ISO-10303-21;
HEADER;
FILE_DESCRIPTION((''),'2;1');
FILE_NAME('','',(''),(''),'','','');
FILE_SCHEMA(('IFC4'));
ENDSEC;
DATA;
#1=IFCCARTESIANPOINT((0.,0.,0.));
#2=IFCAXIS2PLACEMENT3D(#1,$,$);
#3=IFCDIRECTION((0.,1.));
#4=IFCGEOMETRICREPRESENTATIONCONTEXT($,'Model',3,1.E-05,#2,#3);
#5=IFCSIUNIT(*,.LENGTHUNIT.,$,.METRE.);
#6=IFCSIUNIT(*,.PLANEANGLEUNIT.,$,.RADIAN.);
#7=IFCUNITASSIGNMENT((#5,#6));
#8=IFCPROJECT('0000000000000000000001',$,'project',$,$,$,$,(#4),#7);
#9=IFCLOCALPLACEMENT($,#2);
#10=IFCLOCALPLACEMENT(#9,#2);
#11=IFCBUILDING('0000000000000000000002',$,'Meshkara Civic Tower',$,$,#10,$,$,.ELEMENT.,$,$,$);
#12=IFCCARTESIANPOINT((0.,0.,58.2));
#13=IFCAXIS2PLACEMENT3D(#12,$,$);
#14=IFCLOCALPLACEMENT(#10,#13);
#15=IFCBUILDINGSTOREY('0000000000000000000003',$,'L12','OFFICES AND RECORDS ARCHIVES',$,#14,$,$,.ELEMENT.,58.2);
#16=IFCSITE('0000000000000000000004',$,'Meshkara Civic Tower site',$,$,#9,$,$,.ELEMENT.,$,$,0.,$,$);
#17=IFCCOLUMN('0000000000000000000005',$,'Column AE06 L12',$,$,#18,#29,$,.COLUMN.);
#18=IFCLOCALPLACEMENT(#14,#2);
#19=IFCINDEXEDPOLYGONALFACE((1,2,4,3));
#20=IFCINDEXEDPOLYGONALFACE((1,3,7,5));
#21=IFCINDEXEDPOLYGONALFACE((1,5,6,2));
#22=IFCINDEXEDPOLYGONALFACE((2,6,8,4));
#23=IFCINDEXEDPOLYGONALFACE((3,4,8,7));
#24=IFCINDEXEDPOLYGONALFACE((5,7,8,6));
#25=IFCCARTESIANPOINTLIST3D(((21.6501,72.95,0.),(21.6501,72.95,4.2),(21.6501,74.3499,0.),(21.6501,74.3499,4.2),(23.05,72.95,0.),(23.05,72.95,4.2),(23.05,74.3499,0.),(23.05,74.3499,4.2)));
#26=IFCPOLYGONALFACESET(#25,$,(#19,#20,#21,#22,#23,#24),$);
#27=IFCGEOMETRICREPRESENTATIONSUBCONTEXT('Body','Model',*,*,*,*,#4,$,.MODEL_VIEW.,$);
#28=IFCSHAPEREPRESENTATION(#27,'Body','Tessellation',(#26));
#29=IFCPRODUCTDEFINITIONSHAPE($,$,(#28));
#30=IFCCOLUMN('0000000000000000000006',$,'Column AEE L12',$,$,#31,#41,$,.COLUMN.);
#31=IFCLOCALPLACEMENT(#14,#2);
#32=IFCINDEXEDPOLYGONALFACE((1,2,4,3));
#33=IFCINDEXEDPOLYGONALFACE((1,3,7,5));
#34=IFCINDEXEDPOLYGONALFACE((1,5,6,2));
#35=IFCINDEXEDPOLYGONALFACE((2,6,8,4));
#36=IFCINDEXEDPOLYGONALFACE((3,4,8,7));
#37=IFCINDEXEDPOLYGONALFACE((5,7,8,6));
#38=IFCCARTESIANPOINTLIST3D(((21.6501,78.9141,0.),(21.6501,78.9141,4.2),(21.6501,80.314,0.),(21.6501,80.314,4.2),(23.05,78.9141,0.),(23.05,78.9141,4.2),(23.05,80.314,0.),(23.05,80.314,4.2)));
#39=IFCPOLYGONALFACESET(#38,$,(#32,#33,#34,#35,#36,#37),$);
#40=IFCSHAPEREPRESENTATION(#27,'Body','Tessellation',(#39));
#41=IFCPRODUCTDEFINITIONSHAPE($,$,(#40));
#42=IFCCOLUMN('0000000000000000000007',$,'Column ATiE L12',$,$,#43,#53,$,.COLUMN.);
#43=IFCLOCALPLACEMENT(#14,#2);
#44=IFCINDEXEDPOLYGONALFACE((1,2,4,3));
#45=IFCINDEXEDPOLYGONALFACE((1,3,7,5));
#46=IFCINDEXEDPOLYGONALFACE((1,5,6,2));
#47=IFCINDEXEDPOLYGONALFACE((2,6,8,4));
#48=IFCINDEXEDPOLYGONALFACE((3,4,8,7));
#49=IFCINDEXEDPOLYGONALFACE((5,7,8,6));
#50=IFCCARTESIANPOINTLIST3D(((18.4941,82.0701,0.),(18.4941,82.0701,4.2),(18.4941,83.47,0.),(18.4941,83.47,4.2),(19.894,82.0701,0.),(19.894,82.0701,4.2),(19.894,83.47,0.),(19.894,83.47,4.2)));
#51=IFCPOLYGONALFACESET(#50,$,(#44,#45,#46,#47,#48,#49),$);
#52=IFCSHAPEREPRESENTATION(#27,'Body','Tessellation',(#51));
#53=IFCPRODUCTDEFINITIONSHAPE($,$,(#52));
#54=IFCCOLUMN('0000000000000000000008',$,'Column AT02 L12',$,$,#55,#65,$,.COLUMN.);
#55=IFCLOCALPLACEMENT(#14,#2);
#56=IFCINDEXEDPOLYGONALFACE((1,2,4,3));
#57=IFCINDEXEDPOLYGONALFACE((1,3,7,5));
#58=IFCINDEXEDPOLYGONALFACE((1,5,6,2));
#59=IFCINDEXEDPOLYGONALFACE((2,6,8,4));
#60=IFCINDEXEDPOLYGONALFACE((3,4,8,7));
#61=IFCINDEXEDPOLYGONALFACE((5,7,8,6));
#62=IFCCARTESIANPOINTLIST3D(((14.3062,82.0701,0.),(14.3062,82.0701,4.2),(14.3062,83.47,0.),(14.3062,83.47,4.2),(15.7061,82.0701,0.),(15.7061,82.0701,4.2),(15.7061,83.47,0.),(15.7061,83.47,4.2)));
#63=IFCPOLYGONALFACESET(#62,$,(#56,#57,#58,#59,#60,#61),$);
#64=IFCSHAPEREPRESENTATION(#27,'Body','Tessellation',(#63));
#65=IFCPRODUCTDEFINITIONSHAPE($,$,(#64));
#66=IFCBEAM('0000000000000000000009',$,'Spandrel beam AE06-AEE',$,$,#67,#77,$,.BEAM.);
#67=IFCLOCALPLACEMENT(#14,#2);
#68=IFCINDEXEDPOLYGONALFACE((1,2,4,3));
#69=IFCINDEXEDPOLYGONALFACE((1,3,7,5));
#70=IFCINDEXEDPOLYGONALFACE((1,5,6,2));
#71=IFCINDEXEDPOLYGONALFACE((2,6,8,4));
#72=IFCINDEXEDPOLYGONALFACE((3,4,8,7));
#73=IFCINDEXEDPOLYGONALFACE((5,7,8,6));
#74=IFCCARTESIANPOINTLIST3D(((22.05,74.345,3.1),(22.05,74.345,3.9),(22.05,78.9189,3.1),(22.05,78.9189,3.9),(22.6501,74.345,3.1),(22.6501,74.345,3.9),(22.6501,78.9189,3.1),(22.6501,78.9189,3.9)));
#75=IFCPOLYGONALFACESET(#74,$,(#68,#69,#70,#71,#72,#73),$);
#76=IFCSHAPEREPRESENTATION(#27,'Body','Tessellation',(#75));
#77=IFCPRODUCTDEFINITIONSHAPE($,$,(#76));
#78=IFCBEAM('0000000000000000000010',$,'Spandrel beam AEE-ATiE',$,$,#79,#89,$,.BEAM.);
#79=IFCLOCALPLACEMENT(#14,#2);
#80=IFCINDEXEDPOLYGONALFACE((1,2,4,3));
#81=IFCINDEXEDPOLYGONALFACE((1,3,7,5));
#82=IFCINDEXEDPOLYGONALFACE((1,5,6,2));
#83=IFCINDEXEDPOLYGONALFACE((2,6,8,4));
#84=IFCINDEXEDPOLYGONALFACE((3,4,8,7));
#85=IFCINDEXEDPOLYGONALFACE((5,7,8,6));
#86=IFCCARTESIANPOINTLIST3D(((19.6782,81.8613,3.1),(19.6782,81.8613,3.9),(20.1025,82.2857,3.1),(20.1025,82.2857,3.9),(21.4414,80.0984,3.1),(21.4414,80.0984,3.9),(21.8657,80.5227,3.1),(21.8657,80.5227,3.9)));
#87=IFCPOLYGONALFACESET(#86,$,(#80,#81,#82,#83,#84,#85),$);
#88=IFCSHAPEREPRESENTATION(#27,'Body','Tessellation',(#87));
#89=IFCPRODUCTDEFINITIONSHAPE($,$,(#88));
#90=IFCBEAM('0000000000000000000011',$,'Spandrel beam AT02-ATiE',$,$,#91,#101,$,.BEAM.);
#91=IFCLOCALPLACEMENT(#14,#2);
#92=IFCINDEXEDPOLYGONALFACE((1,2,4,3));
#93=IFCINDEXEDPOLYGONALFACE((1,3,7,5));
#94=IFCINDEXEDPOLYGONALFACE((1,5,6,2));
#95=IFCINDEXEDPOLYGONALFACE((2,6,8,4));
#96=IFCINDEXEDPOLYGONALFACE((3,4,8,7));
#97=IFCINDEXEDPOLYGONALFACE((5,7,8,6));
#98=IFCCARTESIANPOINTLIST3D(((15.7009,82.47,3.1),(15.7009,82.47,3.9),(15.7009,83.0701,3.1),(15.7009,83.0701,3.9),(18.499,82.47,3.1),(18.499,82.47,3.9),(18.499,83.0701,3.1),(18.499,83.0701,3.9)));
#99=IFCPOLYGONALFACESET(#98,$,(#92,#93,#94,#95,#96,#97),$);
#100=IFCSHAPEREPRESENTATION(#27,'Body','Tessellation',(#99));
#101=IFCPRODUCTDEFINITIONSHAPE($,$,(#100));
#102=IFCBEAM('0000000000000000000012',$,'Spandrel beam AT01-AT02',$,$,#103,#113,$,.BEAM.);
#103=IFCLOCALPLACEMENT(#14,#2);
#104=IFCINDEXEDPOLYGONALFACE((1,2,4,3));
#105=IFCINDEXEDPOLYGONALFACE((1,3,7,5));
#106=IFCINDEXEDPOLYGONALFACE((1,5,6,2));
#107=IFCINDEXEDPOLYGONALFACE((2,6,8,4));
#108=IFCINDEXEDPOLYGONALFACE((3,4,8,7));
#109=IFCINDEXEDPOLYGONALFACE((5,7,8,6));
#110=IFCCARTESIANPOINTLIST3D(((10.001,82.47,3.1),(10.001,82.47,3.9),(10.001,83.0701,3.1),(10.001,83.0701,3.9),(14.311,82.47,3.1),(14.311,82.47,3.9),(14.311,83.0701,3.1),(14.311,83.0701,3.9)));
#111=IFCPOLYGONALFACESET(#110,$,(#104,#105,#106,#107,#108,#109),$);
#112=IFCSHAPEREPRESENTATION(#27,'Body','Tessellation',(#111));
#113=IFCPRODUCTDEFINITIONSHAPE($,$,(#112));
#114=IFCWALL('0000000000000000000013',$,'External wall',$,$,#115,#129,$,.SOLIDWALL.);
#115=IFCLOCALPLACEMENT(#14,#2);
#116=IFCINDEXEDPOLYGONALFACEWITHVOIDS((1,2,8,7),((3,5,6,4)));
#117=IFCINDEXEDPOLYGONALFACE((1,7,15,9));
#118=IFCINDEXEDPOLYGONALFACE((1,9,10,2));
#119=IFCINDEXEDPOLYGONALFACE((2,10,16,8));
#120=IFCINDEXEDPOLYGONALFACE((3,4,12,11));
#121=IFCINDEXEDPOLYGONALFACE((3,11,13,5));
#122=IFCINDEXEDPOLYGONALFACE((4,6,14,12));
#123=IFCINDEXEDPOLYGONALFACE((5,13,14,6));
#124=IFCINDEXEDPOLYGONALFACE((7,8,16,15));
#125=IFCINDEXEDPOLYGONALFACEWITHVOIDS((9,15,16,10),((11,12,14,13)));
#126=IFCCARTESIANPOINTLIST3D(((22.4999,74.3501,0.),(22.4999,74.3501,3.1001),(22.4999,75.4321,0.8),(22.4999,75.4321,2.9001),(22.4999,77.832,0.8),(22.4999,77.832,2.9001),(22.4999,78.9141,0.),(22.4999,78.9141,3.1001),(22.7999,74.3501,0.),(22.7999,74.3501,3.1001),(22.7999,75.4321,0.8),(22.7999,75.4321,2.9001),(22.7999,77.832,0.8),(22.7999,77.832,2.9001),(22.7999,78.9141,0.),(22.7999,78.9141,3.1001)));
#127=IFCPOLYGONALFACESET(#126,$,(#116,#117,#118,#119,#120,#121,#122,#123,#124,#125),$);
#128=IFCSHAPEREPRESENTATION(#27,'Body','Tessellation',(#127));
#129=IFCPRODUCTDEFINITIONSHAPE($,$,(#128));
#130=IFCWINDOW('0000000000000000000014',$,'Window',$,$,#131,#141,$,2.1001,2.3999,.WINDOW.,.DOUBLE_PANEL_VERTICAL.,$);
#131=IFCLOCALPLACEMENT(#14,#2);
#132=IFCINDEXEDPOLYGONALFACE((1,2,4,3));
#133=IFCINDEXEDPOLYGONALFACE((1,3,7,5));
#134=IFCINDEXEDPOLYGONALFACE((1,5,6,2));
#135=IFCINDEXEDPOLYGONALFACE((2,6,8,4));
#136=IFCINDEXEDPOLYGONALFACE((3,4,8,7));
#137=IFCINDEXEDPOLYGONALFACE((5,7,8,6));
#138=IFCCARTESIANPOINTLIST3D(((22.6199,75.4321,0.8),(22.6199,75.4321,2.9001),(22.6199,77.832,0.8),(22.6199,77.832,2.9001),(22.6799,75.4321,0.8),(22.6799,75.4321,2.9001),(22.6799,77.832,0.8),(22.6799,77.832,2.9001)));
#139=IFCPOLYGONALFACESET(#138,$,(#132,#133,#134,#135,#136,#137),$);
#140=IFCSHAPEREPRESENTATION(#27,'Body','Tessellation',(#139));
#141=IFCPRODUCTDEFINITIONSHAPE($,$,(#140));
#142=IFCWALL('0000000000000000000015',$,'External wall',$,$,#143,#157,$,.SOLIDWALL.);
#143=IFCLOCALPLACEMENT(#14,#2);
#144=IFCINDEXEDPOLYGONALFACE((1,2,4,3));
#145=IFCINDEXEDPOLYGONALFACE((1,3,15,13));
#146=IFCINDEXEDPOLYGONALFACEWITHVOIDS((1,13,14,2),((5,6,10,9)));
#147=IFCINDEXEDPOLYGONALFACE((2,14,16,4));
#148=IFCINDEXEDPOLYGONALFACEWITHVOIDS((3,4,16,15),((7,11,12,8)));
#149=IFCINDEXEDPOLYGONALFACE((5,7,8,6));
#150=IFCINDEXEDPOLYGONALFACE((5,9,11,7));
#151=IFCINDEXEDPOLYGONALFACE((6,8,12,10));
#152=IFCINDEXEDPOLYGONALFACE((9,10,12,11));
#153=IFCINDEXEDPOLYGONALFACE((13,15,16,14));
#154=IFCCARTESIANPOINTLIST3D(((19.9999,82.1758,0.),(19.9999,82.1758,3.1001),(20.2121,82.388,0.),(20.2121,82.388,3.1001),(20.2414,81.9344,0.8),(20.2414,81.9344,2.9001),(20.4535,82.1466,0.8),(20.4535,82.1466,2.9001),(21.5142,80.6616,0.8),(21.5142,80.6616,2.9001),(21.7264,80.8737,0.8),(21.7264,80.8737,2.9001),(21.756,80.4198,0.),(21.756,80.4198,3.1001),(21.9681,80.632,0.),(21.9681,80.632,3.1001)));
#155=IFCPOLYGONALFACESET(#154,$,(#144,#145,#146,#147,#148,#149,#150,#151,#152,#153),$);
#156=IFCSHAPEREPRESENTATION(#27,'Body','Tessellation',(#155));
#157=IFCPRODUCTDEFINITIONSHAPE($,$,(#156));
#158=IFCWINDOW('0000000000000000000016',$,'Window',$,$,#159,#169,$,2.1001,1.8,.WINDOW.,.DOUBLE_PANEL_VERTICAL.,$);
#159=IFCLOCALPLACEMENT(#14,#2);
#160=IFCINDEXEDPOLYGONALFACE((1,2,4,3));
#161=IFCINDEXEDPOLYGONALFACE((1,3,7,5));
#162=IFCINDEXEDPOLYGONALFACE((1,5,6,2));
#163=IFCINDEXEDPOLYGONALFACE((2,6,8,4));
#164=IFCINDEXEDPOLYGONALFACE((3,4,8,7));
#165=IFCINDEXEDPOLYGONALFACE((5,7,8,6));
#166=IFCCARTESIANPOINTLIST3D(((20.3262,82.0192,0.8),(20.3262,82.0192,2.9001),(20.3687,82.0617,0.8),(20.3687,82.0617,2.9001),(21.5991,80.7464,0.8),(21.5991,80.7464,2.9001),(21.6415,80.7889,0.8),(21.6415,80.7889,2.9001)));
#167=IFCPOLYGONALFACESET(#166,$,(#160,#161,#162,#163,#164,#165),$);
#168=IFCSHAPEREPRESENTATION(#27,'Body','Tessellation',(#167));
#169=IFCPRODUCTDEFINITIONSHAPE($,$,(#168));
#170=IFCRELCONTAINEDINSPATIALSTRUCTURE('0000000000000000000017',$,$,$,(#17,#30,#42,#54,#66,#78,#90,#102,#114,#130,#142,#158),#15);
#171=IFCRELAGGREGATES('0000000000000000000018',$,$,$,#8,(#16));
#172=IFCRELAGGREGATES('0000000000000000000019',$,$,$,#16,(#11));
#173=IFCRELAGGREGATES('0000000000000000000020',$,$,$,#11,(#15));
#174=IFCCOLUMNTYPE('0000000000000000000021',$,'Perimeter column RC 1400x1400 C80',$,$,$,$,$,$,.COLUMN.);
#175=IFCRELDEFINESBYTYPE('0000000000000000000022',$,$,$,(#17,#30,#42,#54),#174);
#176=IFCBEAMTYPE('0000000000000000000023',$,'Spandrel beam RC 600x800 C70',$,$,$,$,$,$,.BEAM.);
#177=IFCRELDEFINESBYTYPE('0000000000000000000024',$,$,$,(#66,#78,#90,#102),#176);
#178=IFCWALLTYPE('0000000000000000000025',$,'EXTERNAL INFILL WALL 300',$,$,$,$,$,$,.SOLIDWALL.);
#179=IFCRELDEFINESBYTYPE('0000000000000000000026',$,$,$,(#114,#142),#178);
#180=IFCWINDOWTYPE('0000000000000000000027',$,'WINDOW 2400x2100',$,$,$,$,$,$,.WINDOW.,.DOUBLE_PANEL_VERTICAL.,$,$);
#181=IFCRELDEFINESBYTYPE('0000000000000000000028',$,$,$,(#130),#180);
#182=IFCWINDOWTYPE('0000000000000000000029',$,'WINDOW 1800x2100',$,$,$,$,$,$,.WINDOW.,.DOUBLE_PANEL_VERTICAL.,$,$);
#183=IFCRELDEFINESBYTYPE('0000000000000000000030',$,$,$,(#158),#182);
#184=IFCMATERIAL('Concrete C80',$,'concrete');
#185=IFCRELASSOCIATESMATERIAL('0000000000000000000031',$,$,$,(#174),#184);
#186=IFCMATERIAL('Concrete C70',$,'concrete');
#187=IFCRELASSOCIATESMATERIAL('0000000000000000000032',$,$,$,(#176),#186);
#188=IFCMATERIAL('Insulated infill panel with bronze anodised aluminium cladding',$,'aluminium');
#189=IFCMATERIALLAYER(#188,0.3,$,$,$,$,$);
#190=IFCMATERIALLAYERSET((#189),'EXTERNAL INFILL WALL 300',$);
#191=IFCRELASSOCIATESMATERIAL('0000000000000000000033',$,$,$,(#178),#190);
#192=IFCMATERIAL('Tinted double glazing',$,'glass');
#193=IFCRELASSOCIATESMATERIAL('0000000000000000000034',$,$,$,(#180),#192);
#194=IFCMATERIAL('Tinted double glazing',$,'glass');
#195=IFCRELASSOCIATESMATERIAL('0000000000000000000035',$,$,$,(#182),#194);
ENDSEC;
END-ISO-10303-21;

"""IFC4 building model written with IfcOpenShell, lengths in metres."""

from ifc_helpers import new_model, si_unit, direction, frame, frame_2d, origin, origin_2d, place, context, subcontext, project, spatial, rectangle, extrude, material, layer, layer_set, material_profile, profile_set, type_object, element, fill, save


model = new_model("IFC4")

# Units and contexts
model_context = context("Model", 3, precision=1e-05, world=origin(), true_north=direction((0.0, 1.0)))
body_context = subcontext(model_context, "Body", "Model", "MODEL_VIEW")
ifc_project = project(units=[si_unit("LENGTHUNIT", "METRE"), si_unit("PLANEANGLEUNIT", "RADIAN")], contexts=[model_context])

# Site, building, storey
site_placement = place(None, origin())
site = spatial("IfcSite", under=ifc_project, at=site_placement, Name="Meshkara Civic Tower site", CompositionType="ELEMENT", RefElevation=0.0)
building_placement = place(site_placement, origin())
building = spatial("IfcBuilding", under=site, at=building_placement, Name="Meshkara Civic Tower", CompositionType="ELEMENT")
storey_placement = place(building_placement, frame((0.0, 0.0, 58.2)))
storey = spatial("IfcBuildingStorey", under=building, at=storey_placement, Name="L12", Description="OFFICES AND RECORDS ARCHIVES", CompositionType="ELEMENT", Elevation=58.2)

# Columns
ifc_material_1 = material(Name="Concrete C80", Category="concrete")
ifc_material_profile_1 = material_profile(ifc_material_1, rectangle(XDim=1.3999, YDim=1.3999, at=origin_2d()))
ifc_profile_set_1 = profile_set([ifc_material_profile_1], Name="Concrete C80")
column_type = type_object("IfcColumnType", Name="Perimeter column RC 1400x1400 C80", PredefinedType="COLUMN", material=ifc_profile_set_1)
for number, where, z_axis, x_axis, name in (
    (1, (22.3501, 73.6499, 0.0), (0.0, 0.0, 1.0), (1.0, 0.0, 0.0), "Column AE06 L12"),
    (2, (22.3501, 79.614, 0.0), (0.0, 0.0, 1.0), (1.0, 0.0, 0.0), "Column AEE L12"),
    (3, (19.1941, 82.77, 0.0), (0.0, 0.0, 1.0), (1.0, 0.0, 0.0), "Column ATiE L12"),
    (4, (15.0061, 82.77, 0.0), (0.0, 0.0, 1.0), (1.0, 0.0, 0.0), "Column AT02 L12"),
):
    element("IfcColumn", number, at=place(storey_placement, frame(where, z_axis=z_axis, x_axis=x_axis)), inside=storey, type_object=column_type, Name=name, PredefinedType="COLUMN", context=body_context, shape_type="SweptSolid", body=[
        extrude(rectangle(XDim=1.3999, YDim=1.3999, at=origin_2d()), origin(), (0.0, 0.0, 1.0), 4.2),
    ])

# Beams
ifc_material_2 = material(Name="Concrete C70", Category="concrete")
ifc_material_profile_2 = material_profile(ifc_material_2, rectangle(XDim=0.6001, YDim=0.8, at=origin_2d()))
ifc_profile_set_2 = profile_set([ifc_material_profile_2], Name="Concrete C70")
beam_type = type_object("IfcBeamType", Name="Spandrel beam RC 600x800 C70", PredefinedType="BEAM", material=ifc_profile_set_2)
beam_1_placement = place(storey_placement, frame((22.3501, 74.345, 3.5), z_axis=(0.0, 1.0, 0.0), x_axis=(-1.0, 0.0, 0.0)))
element("IfcBeam", 5, at=beam_1_placement, inside=storey, type_object=beam_type, Name="Spandrel beam AE06-AEE", PredefinedType="BEAM", context=body_context, shape_type="SweptSolid", body=[
    extrude(rectangle(XDim=0.6001, YDim=0.8, at=origin_2d()), origin(), (0.0, 0.0, 1.0), 4.574),
])
beam_2_placement = place(storey_placement, frame((21.6536, 80.3105, 3.5), z_axis=(-0.707156, 0.707058, 0.0), x_axis=(-0.707058, -0.707156, 0.0)))
element("IfcBeam", 6, at=beam_2_placement, inside=storey, type_object=beam_type, Name="Spandrel beam AEE-ATiE", PredefinedType="BEAM", context=body_context, shape_type="SweptSolid", body=[
    extrude(rectangle(XDim=0.6001, YDim=0.8, at=origin_2d()), origin(), (0.0, 0.0, 1.0), 2.4934),
])
beam_3_placement = place(storey_placement, frame((18.499, 82.77, 3.5), z_axis=(-1.0, 0.0, 0.0), x_axis=(0.0, -1.0, 0.0)))
element("IfcBeam", 7, at=beam_3_placement, inside=storey, type_object=beam_type, Name="Spandrel beam AT02-ATiE", PredefinedType="BEAM", context=body_context, shape_type="SweptSolid", body=[
    extrude(rectangle(XDim=0.6001, YDim=0.8, at=origin_2d()), origin(), (0.0, 0.0, 1.0), 2.7981),
])
beam_4_placement = place(storey_placement, frame((14.311, 82.77, 3.5), z_axis=(-1.0, 0.0, 0.0), x_axis=(0.0, -1.0, 0.0)))
element("IfcBeam", 8, at=beam_4_placement, inside=storey, type_object=beam_type, Name="Spandrel beam AT01-AT02", PredefinedType="BEAM", context=body_context, shape_type="SweptSolid", body=[
    extrude(rectangle(XDim=0.6001, YDim=0.8, at=origin_2d()), origin(), (0.0, 0.0, 1.0), 4.3101),
])

# Walls, openings, windows
ifc_material_3 = material(Name="Insulated infill panel with bronze anodised aluminium cladding", Category="aluminium")
ifc_layer = layer(ifc_material_3, 0.3)
ifc_layer_set = layer_set([ifc_layer], Name="EXTERNAL INFILL WALL 300")
wall_type = type_object("IfcWallType", Name="EXTERNAL INFILL WALL 300", PredefinedType="SOLIDWALL", material=ifc_layer_set)
wall_1_placement = place(storey_placement, frame((22.6499, 74.3501, 0.0), z_axis=(0.0, 0.0, 1.0), x_axis=(0.0, 1.0, 0.0)))
wall_1 = element("IfcWall", 9, at=wall_1_placement, inside=storey, type_object=wall_type, Name="External wall", PredefinedType="SOLIDWALL", context=body_context, shape_type="SweptSolid", body=[
    extrude(rectangle(XDim=4.564, YDim=0.3, at=frame_2d((2.282, 0.0))), origin(), (0.0, 0.0, 1.0), 3.1001),
])
opening_1_placement = place(wall_1_placement, frame((1.082, 0.0, 0.8)))
opening_1 = element("IfcOpeningElement", 10, at=opening_1_placement, cuts=wall_1, PredefinedType="OPENING", context=body_context, shape_type="SweptSolid", body=[
    extrude(rectangle(XDim=2.3999, YDim=2.1001, at=frame_2d((1.2, 1.05))), frame((0.0, 0.1599, 0.0), z_axis=(0.0, -1.0, 0.0), x_axis=(1.0, 0.0, 0.0)), (0.0, 0.0, 1.0), 0.3201),
])
ifc_material_4 = material(Name="Tinted double glazing", Category="glass")
window_type_1 = type_object("IfcWindowType", Name="WINDOW 2400x2100", PartitioningType="DOUBLE_PANEL_VERTICAL", PredefinedType="WINDOW", material=ifc_material_4)
window_1_placement = place(opening_1_placement, origin())
window_1 = element("IfcWindow", 11, at=window_1_placement, inside=storey, type_object=window_type_1, Name="Window", OverallHeight=2.1001, OverallWidth=2.3999, PartitioningType="DOUBLE_PANEL_VERTICAL", PredefinedType="WINDOW", context=body_context, shape_type="SweptSolid", body=[
    extrude(rectangle(XDim=2.3999, YDim=2.1001, at=frame_2d((1.2, 1.05))), frame((0.0, 0.03, 0.0), z_axis=(0.0, -1.0, 0.0), x_axis=(1.0, 0.0, 0.0)), (0.0, 0.0, 1.0), 0.0601),
])
fill(opening_1, window_1)
wall_2_placement = place(storey_placement, frame((21.8621, 80.5259, 0.0), z_axis=(0.0, 0.0, 1.0), x_axis=(-0.707107, 0.707107, 0.0)))
wall_2 = element("IfcWall", 12, at=wall_2_placement, inside=storey, type_object=wall_type, Name="External wall", PredefinedType="SOLIDWALL", context=body_context, shape_type="SweptSolid", body=[
    extrude(rectangle(XDim=2.4834, YDim=0.3, at=frame_2d((1.2417, 0.0))), origin(), (0.0, 0.0, 1.0), 3.1001),
])
opening_2_placement = place(wall_2_placement, frame((0.342, 0.0, 0.8)))
opening_2 = element("IfcOpeningElement", 13, at=opening_2_placement, cuts=wall_2, PredefinedType="OPENING", context=body_context, shape_type="SweptSolid", body=[
    extrude(rectangle(XDim=1.8, YDim=2.1001, at=frame_2d((0.8999, 1.05))), frame((0.0, 0.1599, 0.0), z_axis=(0.0, -1.0, 0.0), x_axis=(1.0, 0.0, 0.0)), (0.0, 0.0, 1.0), 0.3201),
])
ifc_material_5 = material(Name="Tinted double glazing", Category="glass")
window_type_2 = type_object("IfcWindowType", Name="WINDOW 1800x2100", PartitioningType="DOUBLE_PANEL_VERTICAL", PredefinedType="WINDOW", material=ifc_material_5)
window_2_placement = place(opening_2_placement, origin())
window_2 = element("IfcWindow", 14, at=window_2_placement, inside=storey, type_object=window_type_2, Name="Window", OverallHeight=2.1001, OverallWidth=1.8, PartitioningType="DOUBLE_PANEL_VERTICAL", PredefinedType="WINDOW", context=body_context, shape_type="SweptSolid", body=[
    extrude(rectangle(XDim=1.8, YDim=2.1001, at=frame_2d((0.8999, 1.05))), frame((0.0, 0.03, 0.0), z_axis=(0.0, -1.0, 0.0), x_axis=(1.0, 0.0, 0.0)), (0.0, 0.0, 1.0), 0.0601),
])
fill(opening_2, window_2)

save(model, "model.ifc")
